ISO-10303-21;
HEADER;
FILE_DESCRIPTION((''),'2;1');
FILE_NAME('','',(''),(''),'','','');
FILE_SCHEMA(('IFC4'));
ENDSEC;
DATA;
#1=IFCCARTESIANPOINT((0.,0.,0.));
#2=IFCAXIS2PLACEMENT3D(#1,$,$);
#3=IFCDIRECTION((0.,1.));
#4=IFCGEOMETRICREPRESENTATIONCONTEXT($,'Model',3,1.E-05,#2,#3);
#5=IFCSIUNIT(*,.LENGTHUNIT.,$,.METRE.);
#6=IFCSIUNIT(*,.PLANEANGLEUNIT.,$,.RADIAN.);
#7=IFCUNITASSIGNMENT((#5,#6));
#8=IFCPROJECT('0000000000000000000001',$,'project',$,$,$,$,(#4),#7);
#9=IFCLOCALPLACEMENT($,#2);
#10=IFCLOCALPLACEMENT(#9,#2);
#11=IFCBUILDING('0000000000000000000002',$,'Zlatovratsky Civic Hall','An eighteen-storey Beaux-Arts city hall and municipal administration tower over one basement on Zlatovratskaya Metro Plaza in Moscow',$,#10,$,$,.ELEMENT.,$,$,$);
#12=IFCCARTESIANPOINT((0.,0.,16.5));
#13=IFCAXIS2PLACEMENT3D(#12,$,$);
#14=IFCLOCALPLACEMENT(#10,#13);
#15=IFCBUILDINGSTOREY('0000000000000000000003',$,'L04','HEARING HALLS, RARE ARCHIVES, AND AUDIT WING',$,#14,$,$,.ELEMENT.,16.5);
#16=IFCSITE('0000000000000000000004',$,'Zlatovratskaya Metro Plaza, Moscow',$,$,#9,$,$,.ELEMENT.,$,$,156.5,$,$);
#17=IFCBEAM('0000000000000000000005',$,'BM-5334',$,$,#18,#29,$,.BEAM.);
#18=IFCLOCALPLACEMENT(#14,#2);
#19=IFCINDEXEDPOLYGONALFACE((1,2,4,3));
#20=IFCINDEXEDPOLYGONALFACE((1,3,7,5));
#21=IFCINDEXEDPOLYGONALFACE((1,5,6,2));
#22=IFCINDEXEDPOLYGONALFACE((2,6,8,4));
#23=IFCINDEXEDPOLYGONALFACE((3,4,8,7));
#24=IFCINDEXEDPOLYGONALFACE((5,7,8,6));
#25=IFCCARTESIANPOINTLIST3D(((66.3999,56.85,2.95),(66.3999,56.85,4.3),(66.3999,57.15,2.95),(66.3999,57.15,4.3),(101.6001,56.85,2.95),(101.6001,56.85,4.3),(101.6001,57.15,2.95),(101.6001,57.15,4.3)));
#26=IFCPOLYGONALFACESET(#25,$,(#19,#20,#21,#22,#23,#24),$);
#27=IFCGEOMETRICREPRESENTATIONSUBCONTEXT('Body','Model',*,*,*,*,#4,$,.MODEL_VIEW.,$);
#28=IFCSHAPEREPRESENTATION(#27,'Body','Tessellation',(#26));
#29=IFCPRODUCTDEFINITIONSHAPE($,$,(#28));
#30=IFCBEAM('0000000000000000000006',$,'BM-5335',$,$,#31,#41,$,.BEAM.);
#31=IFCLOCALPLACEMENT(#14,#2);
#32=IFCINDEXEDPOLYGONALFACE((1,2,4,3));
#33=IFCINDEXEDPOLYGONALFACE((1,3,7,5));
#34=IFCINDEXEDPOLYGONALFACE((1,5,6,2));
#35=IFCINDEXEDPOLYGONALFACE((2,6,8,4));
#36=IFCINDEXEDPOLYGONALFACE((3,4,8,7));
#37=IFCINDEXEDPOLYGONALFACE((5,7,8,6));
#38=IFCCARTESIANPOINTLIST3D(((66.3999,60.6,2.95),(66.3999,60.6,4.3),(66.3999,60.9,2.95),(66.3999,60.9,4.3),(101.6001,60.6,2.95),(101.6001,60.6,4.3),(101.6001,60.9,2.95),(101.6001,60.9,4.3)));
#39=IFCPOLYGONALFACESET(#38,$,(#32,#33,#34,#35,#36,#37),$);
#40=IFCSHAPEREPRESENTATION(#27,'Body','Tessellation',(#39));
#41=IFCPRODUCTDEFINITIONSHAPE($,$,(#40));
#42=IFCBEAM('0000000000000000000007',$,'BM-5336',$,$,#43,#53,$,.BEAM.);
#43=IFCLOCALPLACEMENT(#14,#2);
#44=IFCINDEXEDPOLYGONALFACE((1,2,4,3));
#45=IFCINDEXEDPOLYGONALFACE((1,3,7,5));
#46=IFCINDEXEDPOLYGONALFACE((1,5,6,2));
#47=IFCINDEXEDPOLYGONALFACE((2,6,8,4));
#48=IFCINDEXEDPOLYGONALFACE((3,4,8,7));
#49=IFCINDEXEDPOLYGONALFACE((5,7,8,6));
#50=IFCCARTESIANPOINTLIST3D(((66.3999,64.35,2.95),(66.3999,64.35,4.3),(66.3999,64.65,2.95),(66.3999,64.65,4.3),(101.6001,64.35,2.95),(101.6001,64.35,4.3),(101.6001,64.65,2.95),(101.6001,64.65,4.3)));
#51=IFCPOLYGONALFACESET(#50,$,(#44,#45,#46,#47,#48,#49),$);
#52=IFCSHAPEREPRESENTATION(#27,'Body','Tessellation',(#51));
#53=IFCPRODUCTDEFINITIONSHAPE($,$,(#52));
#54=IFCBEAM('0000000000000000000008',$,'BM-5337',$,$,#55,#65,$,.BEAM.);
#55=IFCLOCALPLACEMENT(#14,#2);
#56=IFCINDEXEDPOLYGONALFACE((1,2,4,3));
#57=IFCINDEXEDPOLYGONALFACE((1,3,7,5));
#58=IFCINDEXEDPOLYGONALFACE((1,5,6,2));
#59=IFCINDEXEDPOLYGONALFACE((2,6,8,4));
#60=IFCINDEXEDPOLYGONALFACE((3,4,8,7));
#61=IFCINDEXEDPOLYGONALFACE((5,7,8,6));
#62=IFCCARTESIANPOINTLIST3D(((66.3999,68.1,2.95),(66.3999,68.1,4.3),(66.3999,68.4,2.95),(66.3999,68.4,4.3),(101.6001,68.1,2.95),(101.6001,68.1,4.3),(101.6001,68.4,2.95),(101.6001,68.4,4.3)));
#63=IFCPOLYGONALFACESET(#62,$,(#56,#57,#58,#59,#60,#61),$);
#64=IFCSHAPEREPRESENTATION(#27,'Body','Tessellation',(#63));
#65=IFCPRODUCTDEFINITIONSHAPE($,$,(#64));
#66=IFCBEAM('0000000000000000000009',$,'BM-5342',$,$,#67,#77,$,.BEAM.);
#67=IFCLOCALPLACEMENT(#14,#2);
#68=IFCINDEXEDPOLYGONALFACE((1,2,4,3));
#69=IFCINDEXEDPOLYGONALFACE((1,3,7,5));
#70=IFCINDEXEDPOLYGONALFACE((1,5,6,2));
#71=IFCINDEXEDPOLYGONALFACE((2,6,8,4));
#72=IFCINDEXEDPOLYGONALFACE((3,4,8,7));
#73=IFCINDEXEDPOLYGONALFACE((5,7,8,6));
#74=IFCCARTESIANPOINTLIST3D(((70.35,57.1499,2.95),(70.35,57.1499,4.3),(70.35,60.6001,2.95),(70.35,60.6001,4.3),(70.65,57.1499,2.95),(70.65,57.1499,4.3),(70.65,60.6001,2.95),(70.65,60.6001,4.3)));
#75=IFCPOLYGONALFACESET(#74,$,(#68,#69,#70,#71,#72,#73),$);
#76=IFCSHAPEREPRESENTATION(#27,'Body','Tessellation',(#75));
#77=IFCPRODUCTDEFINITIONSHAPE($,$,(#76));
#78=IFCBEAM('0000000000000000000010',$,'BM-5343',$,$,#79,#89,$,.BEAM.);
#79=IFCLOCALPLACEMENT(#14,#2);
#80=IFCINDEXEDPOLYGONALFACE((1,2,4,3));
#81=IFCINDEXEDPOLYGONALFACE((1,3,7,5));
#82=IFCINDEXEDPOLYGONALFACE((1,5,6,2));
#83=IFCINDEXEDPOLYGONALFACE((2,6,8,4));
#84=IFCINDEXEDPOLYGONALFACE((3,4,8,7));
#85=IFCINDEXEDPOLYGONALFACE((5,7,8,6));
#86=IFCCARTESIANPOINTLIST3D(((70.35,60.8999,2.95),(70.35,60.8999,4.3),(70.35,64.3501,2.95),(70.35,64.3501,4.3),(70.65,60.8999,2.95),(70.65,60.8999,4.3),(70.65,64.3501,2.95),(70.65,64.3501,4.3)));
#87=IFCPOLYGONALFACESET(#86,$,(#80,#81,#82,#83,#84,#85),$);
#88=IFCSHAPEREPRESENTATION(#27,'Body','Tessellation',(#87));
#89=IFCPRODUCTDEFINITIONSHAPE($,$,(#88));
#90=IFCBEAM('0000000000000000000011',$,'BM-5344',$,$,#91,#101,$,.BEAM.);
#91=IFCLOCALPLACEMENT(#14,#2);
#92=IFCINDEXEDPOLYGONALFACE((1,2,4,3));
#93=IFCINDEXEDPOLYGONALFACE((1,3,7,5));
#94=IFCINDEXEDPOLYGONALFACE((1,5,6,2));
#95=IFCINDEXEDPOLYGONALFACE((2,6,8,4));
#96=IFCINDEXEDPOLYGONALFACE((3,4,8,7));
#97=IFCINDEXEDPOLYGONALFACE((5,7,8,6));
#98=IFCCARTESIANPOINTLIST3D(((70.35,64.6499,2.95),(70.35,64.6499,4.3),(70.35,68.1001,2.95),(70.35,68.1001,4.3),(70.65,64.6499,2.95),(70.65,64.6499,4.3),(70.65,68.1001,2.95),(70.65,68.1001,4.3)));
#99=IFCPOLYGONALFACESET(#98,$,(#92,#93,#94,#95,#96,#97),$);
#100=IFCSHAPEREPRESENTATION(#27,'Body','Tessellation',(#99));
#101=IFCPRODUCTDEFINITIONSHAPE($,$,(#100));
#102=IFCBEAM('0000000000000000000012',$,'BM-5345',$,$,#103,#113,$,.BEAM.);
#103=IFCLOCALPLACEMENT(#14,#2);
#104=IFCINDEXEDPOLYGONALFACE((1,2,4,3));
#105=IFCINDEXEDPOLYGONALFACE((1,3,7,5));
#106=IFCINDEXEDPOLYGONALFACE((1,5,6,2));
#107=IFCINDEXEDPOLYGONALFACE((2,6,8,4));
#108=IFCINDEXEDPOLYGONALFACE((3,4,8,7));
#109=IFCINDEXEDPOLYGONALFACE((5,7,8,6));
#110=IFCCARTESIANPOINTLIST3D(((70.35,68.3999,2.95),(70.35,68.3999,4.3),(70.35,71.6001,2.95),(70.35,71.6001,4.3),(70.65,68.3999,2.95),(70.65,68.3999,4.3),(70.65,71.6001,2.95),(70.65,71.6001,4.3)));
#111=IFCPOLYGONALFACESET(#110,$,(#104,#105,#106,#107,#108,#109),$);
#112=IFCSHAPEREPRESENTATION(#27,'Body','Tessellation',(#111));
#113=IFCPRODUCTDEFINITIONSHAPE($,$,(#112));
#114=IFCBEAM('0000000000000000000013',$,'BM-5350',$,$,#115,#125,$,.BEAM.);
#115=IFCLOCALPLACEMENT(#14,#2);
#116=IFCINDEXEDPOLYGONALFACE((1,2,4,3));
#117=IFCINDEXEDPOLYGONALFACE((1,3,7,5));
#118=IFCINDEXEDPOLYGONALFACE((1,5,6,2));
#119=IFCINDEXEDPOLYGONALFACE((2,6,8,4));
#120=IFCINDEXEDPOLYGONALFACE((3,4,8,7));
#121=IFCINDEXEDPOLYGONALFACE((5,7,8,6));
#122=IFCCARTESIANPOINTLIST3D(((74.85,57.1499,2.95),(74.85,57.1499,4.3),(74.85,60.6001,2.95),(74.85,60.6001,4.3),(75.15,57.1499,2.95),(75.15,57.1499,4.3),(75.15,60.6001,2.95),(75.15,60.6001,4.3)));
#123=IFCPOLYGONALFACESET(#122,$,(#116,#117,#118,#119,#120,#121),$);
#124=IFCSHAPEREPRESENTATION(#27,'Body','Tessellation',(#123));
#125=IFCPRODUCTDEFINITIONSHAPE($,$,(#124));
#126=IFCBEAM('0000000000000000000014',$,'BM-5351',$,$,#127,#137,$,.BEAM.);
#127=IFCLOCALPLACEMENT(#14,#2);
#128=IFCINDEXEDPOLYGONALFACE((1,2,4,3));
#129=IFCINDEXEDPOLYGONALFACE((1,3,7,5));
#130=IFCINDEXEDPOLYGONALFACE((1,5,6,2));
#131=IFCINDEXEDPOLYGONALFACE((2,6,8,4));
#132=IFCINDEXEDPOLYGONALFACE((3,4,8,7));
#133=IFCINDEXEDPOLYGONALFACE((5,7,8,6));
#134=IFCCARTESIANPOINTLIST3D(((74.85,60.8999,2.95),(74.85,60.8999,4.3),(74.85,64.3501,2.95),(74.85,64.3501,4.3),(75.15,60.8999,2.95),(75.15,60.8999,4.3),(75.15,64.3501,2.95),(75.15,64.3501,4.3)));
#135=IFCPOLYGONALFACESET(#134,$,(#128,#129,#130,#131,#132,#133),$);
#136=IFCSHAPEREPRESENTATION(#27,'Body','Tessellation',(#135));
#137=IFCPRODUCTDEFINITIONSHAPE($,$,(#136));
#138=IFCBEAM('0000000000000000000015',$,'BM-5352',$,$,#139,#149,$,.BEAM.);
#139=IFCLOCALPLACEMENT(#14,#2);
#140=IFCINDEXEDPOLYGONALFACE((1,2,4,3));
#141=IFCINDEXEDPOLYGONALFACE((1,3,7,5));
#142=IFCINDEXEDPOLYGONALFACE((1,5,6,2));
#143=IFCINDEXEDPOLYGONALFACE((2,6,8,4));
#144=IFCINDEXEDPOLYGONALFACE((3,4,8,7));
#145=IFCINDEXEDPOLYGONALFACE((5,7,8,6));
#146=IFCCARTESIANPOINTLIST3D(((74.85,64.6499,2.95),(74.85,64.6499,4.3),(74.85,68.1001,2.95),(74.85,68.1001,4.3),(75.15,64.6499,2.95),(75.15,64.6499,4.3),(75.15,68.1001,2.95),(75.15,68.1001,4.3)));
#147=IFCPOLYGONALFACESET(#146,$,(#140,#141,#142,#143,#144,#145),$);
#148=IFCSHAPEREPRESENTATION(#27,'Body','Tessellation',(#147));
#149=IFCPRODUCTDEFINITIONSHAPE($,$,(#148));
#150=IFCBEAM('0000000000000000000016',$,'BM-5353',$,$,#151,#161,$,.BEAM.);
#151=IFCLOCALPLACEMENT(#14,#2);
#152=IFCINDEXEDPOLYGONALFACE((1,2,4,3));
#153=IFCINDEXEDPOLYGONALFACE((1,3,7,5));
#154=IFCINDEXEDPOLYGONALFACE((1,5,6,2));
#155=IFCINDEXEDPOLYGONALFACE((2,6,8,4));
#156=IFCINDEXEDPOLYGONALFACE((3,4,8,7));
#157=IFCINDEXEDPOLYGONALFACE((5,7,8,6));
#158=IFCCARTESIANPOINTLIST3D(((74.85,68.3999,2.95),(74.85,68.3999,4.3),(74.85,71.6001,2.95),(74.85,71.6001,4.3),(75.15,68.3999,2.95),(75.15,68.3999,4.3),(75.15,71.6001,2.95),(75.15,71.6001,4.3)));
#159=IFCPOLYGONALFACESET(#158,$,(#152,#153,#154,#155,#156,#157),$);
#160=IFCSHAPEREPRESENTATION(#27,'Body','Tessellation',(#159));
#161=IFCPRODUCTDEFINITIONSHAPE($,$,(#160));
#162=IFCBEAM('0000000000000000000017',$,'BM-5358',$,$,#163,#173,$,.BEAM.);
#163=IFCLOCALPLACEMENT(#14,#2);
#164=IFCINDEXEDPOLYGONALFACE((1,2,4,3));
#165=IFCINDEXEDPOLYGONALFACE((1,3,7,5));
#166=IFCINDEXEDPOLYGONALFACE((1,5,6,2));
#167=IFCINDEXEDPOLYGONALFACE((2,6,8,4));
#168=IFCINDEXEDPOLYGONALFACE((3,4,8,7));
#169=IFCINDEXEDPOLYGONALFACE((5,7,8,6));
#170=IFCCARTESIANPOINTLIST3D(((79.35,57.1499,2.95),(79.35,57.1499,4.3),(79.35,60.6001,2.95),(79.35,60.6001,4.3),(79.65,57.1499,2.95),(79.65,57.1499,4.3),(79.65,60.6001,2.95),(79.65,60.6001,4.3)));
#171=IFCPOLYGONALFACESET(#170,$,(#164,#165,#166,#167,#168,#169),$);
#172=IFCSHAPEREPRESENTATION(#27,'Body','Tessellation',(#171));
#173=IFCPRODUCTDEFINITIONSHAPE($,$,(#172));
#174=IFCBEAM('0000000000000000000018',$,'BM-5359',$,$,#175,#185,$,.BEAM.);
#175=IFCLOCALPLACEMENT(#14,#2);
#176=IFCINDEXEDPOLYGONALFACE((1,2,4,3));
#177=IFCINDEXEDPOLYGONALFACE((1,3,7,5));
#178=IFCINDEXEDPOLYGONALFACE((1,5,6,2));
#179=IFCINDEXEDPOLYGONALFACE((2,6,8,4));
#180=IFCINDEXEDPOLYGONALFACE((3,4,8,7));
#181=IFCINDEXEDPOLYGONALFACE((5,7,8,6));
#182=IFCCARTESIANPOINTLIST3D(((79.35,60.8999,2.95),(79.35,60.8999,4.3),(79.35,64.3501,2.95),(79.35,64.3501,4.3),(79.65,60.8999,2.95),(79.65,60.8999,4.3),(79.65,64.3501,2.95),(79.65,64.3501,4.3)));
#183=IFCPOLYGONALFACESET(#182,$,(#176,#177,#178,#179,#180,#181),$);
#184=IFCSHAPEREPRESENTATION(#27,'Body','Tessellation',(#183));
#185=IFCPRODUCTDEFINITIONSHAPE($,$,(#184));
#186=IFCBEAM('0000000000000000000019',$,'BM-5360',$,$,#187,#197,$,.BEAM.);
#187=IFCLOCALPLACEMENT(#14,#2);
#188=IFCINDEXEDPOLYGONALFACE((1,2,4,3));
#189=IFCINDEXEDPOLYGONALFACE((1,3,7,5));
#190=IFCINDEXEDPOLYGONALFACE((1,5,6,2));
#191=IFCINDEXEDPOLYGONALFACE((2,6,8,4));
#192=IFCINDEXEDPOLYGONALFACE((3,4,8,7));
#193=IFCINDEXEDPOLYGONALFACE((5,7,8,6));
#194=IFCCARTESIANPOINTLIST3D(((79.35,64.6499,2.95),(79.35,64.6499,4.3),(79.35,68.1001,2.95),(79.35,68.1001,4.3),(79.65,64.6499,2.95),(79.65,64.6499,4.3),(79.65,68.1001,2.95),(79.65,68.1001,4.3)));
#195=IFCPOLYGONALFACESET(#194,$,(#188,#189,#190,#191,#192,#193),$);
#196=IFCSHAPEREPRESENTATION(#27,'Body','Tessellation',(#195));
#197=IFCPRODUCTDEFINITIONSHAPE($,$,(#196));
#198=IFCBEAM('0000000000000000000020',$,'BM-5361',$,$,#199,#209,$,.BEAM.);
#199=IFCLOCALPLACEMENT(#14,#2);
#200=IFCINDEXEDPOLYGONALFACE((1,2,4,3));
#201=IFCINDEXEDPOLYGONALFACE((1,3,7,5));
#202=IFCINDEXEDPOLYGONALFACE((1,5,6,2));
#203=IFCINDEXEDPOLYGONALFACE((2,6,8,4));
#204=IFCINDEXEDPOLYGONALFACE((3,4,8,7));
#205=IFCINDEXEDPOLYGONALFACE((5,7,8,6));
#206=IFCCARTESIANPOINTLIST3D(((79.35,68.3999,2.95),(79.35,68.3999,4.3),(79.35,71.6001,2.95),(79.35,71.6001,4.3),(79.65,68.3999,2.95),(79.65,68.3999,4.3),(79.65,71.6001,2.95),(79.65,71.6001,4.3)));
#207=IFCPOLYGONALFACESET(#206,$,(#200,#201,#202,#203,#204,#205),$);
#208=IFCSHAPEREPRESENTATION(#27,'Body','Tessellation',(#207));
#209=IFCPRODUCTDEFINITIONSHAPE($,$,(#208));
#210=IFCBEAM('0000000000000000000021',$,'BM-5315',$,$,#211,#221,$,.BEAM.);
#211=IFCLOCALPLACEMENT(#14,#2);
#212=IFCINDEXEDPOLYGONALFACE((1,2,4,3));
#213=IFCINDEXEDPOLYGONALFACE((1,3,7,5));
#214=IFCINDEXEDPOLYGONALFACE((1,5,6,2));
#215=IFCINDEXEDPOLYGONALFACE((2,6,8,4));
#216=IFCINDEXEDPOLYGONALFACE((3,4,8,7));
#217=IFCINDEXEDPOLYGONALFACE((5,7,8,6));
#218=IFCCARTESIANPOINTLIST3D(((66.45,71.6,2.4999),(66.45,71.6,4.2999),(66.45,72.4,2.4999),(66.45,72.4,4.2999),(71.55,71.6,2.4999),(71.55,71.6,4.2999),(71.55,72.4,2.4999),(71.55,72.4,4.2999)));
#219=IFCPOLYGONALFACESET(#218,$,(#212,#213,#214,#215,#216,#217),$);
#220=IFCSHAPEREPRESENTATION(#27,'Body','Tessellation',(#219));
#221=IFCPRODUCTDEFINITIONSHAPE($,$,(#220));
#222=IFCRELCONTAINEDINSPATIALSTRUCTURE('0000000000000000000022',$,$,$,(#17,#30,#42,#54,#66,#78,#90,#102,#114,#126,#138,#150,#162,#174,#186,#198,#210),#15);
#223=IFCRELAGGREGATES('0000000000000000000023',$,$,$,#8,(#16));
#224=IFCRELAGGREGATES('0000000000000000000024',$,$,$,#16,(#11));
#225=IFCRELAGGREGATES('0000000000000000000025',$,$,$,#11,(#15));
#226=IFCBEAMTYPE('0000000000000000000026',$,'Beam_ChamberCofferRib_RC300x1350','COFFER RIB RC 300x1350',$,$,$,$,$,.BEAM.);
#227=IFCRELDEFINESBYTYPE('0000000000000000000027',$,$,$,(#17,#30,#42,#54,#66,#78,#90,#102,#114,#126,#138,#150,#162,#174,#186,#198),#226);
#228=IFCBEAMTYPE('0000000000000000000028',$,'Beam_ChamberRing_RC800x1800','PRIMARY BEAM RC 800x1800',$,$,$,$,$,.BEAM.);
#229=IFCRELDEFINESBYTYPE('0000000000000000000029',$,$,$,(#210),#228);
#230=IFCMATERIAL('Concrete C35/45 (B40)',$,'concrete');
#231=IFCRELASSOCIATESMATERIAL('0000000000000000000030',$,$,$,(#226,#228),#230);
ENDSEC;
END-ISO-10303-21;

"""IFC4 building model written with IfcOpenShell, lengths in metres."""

from ifc_helpers import new_model, si_unit, direction, frame, origin, origin_2d, place, context, subcontext, project, spatial, rectangle, extrude, material, material_profile, profile_set, type_object, element, save


model = new_model("IFC4")

# Units and contexts
model_context = context("Model", 3, precision=1e-05, world=origin(), true_north=direction((0.0, 1.0)))
body_context = subcontext(model_context, "Body", "Model", "MODEL_VIEW")
ifc_project = project(units=[si_unit("LENGTHUNIT", "METRE"), si_unit("PLANEANGLEUNIT", "RADIAN")], contexts=[model_context])

# Site, building, storey
site_placement = place(None, origin())
site = spatial("IfcSite", under=ifc_project, at=site_placement, Name="Zlatovratskaya Metro Plaza, Moscow", CompositionType="ELEMENT", RefElevation=156.5)
building_placement = place(site_placement, origin())
building = spatial("IfcBuilding", under=site, at=building_placement, Name="Zlatovratsky Civic Hall", Description="An eighteen-storey Beaux-Arts city hall and municipal administration tower over one basement on Zlatovratskaya Metro Plaza in Moscow", CompositionType="ELEMENT")
storey_placement = place(building_placement, frame((0.0, 0.0, 16.5)))
storey = spatial("IfcBuildingStorey", under=building, at=storey_placement, Name="L04", Description="HEARING HALLS, RARE ARCHIVES, AND AUDIT WING", CompositionType="ELEMENT", Elevation=16.5)

# Shared definitions
ifc_material_1 = material(Name="Concrete C35/45 (B40)", Category="concrete")

# Beams
ifc_material_profile_1 = material_profile(ifc_material_1, rectangle(XDim=0.3, YDim=1.3501, at=origin_2d()), Name="RC 300x1350")
ifc_profile_set_1 = profile_set([ifc_material_profile_1], Name="Concrete C35/45 (B40)")
beam_type_1 = type_object("IfcBeamType", Name="Beam_ChamberCofferRib_RC300x1350", Description="COFFER RIB RC 300x1350", PredefinedType="BEAM", material=ifc_profile_set_1)
for number, where, z_axis, x_axis, name in (
    (1, (66.3999, 57.0, 3.625), (1.0, 0.0, 0.0), (0.0, 1.0, 0.0), "BM-5334"),
    (2, (66.3999, 60.75, 3.625), (1.0, 0.0, 0.0), (0.0, 1.0, 0.0), "BM-5335"),
    (3, (66.3999, 64.5, 3.625), (1.0, 0.0, 0.0), (0.0, 1.0, 0.0), "BM-5336"),
    (4, (66.3999, 68.25, 3.625), (1.0, 0.0, 0.0), (0.0, 1.0, 0.0), "BM-5337"),
):
    element("IfcBeam", number, at=place(storey_placement, frame(where, z_axis=z_axis, x_axis=x_axis)), inside=storey, type_object=beam_type_1, Name=name, PredefinedType="BEAM", context=body_context, shape_type="SweptSolid", body=[
        extrude(rectangle(XDim=0.3, YDim=1.3501, at=origin_2d()), origin(), (0.0, 0.0, 1.0), 35.2002),
    ])
for number, where, z_axis, x_axis, name in (
    (5, (70.5, 57.1499, 3.625), (0.0, 1.0, 0.0), (-1.0, 0.0, 0.0), "BM-5342"),
    (6, (70.5, 60.8999, 3.625), (0.0, 1.0, 0.0), (-1.0, 0.0, 0.0), "BM-5343"),
    (7, (70.5, 64.6499, 3.625), (0.0, 1.0, 0.0), (-1.0, 0.0, 0.0), "BM-5344"),
):
    element("IfcBeam", number, at=place(storey_placement, frame(where, z_axis=z_axis, x_axis=x_axis)), inside=storey, type_object=beam_type_1, Name=name, PredefinedType="BEAM", context=body_context, shape_type="SweptSolid", body=[
        extrude(rectangle(XDim=0.3, YDim=1.3501, at=origin_2d()), origin(), (0.0, 0.0, 1.0), 3.4502),
    ])
beam_1_placement = place(storey_placement, frame((70.5, 68.3999, 3.625), z_axis=(0.0, 1.0, 0.0), x_axis=(-1.0, 0.0, 0.0)))
element("IfcBeam", 8, at=beam_1_placement, inside=storey, type_object=beam_type_1, Name="BM-5345", PredefinedType="BEAM", context=body_context, shape_type="SweptSolid", body=[
    extrude(rectangle(XDim=0.3, YDim=1.3501, at=origin_2d()), origin(), (0.0, 0.0, 1.0), 3.2002),
])
for number, where, z_axis, x_axis, name in (
    (9, (75.0, 57.1499, 3.625), (0.0, 1.0, 0.0), (-1.0, 0.0, 0.0), "BM-5350"),
    (10, (75.0, 60.8999, 3.625), (0.0, 1.0, 0.0), (-1.0, 0.0, 0.0), "BM-5351"),
    (11, (75.0, 64.6499, 3.625), (0.0, 1.0, 0.0), (-1.0, 0.0, 0.0), "BM-5352"),
):
    element("IfcBeam", number, at=place(storey_placement, frame(where, z_axis=z_axis, x_axis=x_axis)), inside=storey, type_object=beam_type_1, Name=name, PredefinedType="BEAM", context=body_context, shape_type="SweptSolid", body=[
        extrude(rectangle(XDim=0.3, YDim=1.3501, at=origin_2d()), origin(), (0.0, 0.0, 1.0), 3.4502),
    ])
beam_2_placement = place(storey_placement, frame((75.0, 68.3999, 3.625), z_axis=(0.0, 1.0, 0.0), x_axis=(-1.0, 0.0, 0.0)))
element("IfcBeam", 12, at=beam_2_placement, inside=storey, type_object=beam_type_1, Name="BM-5353", PredefinedType="BEAM", context=body_context, shape_type="SweptSolid", body=[
    extrude(rectangle(XDim=0.3, YDim=1.3501, at=origin_2d()), origin(), (0.0, 0.0, 1.0), 3.2002),
])
for number, where, z_axis, x_axis, name in (
    (13, (79.5, 57.1499, 3.625), (0.0, 1.0, 0.0), (-1.0, 0.0, 0.0), "BM-5358"),
    (14, (79.5, 60.8999, 3.625), (0.0, 1.0, 0.0), (-1.0, 0.0, 0.0), "BM-5359"),
    (15, (79.5, 64.6499, 3.625), (0.0, 1.0, 0.0), (-1.0, 0.0, 0.0), "BM-5360"),
):
    element("IfcBeam", number, at=place(storey_placement, frame(where, z_axis=z_axis, x_axis=x_axis)), inside=storey, type_object=beam_type_1, Name=name, PredefinedType="BEAM", context=body_context, shape_type="SweptSolid", body=[
        extrude(rectangle(XDim=0.3, YDim=1.3501, at=origin_2d()), origin(), (0.0, 0.0, 1.0), 3.4502),
    ])
beam_3_placement = place(storey_placement, frame((79.5, 68.3999, 3.625), z_axis=(0.0, 1.0, 0.0), x_axis=(-1.0, 0.0, 0.0)))
element("IfcBeam", 16, at=beam_3_placement, inside=storey, type_object=beam_type_1, Name="BM-5361", PredefinedType="BEAM", context=body_context, shape_type="SweptSolid", body=[
    extrude(rectangle(XDim=0.3, YDim=1.3501, at=origin_2d()), origin(), (0.0, 0.0, 1.0), 3.2002),
])
ifc_material_profile_2 = material_profile(ifc_material_1, rectangle(XDim=0.8, YDim=1.8, at=origin_2d()), Name="RC 800x1800")
ifc_profile_set_2 = profile_set([ifc_material_profile_2], Name="Concrete C35/45 (B40)")
beam_type_2 = type_object("IfcBeamType", Name="Beam_ChamberRing_RC800x1800", Description="PRIMARY BEAM RC 800x1800", PredefinedType="BEAM", material=ifc_profile_set_2)
for number, where, z_axis, x_axis, name in (
    (17, (66.45, 72.0, 3.3999), (1.0, 0.0, 0.0), (0.0, 1.0, 0.0), "BM-5315"),
):
    element("IfcBeam", number, at=place(storey_placement, frame(where, z_axis=z_axis, x_axis=x_axis)), inside=storey, type_object=beam_type_2, Name=name, PredefinedType="BEAM", context=body_context, shape_type="SweptSolid", body=[
        extrude(rectangle(XDim=0.8, YDim=1.8, at=origin_2d()), origin(), (0.0, 0.0, 1.0), 5.1001),
    ])

save(model, "model.ifc")
